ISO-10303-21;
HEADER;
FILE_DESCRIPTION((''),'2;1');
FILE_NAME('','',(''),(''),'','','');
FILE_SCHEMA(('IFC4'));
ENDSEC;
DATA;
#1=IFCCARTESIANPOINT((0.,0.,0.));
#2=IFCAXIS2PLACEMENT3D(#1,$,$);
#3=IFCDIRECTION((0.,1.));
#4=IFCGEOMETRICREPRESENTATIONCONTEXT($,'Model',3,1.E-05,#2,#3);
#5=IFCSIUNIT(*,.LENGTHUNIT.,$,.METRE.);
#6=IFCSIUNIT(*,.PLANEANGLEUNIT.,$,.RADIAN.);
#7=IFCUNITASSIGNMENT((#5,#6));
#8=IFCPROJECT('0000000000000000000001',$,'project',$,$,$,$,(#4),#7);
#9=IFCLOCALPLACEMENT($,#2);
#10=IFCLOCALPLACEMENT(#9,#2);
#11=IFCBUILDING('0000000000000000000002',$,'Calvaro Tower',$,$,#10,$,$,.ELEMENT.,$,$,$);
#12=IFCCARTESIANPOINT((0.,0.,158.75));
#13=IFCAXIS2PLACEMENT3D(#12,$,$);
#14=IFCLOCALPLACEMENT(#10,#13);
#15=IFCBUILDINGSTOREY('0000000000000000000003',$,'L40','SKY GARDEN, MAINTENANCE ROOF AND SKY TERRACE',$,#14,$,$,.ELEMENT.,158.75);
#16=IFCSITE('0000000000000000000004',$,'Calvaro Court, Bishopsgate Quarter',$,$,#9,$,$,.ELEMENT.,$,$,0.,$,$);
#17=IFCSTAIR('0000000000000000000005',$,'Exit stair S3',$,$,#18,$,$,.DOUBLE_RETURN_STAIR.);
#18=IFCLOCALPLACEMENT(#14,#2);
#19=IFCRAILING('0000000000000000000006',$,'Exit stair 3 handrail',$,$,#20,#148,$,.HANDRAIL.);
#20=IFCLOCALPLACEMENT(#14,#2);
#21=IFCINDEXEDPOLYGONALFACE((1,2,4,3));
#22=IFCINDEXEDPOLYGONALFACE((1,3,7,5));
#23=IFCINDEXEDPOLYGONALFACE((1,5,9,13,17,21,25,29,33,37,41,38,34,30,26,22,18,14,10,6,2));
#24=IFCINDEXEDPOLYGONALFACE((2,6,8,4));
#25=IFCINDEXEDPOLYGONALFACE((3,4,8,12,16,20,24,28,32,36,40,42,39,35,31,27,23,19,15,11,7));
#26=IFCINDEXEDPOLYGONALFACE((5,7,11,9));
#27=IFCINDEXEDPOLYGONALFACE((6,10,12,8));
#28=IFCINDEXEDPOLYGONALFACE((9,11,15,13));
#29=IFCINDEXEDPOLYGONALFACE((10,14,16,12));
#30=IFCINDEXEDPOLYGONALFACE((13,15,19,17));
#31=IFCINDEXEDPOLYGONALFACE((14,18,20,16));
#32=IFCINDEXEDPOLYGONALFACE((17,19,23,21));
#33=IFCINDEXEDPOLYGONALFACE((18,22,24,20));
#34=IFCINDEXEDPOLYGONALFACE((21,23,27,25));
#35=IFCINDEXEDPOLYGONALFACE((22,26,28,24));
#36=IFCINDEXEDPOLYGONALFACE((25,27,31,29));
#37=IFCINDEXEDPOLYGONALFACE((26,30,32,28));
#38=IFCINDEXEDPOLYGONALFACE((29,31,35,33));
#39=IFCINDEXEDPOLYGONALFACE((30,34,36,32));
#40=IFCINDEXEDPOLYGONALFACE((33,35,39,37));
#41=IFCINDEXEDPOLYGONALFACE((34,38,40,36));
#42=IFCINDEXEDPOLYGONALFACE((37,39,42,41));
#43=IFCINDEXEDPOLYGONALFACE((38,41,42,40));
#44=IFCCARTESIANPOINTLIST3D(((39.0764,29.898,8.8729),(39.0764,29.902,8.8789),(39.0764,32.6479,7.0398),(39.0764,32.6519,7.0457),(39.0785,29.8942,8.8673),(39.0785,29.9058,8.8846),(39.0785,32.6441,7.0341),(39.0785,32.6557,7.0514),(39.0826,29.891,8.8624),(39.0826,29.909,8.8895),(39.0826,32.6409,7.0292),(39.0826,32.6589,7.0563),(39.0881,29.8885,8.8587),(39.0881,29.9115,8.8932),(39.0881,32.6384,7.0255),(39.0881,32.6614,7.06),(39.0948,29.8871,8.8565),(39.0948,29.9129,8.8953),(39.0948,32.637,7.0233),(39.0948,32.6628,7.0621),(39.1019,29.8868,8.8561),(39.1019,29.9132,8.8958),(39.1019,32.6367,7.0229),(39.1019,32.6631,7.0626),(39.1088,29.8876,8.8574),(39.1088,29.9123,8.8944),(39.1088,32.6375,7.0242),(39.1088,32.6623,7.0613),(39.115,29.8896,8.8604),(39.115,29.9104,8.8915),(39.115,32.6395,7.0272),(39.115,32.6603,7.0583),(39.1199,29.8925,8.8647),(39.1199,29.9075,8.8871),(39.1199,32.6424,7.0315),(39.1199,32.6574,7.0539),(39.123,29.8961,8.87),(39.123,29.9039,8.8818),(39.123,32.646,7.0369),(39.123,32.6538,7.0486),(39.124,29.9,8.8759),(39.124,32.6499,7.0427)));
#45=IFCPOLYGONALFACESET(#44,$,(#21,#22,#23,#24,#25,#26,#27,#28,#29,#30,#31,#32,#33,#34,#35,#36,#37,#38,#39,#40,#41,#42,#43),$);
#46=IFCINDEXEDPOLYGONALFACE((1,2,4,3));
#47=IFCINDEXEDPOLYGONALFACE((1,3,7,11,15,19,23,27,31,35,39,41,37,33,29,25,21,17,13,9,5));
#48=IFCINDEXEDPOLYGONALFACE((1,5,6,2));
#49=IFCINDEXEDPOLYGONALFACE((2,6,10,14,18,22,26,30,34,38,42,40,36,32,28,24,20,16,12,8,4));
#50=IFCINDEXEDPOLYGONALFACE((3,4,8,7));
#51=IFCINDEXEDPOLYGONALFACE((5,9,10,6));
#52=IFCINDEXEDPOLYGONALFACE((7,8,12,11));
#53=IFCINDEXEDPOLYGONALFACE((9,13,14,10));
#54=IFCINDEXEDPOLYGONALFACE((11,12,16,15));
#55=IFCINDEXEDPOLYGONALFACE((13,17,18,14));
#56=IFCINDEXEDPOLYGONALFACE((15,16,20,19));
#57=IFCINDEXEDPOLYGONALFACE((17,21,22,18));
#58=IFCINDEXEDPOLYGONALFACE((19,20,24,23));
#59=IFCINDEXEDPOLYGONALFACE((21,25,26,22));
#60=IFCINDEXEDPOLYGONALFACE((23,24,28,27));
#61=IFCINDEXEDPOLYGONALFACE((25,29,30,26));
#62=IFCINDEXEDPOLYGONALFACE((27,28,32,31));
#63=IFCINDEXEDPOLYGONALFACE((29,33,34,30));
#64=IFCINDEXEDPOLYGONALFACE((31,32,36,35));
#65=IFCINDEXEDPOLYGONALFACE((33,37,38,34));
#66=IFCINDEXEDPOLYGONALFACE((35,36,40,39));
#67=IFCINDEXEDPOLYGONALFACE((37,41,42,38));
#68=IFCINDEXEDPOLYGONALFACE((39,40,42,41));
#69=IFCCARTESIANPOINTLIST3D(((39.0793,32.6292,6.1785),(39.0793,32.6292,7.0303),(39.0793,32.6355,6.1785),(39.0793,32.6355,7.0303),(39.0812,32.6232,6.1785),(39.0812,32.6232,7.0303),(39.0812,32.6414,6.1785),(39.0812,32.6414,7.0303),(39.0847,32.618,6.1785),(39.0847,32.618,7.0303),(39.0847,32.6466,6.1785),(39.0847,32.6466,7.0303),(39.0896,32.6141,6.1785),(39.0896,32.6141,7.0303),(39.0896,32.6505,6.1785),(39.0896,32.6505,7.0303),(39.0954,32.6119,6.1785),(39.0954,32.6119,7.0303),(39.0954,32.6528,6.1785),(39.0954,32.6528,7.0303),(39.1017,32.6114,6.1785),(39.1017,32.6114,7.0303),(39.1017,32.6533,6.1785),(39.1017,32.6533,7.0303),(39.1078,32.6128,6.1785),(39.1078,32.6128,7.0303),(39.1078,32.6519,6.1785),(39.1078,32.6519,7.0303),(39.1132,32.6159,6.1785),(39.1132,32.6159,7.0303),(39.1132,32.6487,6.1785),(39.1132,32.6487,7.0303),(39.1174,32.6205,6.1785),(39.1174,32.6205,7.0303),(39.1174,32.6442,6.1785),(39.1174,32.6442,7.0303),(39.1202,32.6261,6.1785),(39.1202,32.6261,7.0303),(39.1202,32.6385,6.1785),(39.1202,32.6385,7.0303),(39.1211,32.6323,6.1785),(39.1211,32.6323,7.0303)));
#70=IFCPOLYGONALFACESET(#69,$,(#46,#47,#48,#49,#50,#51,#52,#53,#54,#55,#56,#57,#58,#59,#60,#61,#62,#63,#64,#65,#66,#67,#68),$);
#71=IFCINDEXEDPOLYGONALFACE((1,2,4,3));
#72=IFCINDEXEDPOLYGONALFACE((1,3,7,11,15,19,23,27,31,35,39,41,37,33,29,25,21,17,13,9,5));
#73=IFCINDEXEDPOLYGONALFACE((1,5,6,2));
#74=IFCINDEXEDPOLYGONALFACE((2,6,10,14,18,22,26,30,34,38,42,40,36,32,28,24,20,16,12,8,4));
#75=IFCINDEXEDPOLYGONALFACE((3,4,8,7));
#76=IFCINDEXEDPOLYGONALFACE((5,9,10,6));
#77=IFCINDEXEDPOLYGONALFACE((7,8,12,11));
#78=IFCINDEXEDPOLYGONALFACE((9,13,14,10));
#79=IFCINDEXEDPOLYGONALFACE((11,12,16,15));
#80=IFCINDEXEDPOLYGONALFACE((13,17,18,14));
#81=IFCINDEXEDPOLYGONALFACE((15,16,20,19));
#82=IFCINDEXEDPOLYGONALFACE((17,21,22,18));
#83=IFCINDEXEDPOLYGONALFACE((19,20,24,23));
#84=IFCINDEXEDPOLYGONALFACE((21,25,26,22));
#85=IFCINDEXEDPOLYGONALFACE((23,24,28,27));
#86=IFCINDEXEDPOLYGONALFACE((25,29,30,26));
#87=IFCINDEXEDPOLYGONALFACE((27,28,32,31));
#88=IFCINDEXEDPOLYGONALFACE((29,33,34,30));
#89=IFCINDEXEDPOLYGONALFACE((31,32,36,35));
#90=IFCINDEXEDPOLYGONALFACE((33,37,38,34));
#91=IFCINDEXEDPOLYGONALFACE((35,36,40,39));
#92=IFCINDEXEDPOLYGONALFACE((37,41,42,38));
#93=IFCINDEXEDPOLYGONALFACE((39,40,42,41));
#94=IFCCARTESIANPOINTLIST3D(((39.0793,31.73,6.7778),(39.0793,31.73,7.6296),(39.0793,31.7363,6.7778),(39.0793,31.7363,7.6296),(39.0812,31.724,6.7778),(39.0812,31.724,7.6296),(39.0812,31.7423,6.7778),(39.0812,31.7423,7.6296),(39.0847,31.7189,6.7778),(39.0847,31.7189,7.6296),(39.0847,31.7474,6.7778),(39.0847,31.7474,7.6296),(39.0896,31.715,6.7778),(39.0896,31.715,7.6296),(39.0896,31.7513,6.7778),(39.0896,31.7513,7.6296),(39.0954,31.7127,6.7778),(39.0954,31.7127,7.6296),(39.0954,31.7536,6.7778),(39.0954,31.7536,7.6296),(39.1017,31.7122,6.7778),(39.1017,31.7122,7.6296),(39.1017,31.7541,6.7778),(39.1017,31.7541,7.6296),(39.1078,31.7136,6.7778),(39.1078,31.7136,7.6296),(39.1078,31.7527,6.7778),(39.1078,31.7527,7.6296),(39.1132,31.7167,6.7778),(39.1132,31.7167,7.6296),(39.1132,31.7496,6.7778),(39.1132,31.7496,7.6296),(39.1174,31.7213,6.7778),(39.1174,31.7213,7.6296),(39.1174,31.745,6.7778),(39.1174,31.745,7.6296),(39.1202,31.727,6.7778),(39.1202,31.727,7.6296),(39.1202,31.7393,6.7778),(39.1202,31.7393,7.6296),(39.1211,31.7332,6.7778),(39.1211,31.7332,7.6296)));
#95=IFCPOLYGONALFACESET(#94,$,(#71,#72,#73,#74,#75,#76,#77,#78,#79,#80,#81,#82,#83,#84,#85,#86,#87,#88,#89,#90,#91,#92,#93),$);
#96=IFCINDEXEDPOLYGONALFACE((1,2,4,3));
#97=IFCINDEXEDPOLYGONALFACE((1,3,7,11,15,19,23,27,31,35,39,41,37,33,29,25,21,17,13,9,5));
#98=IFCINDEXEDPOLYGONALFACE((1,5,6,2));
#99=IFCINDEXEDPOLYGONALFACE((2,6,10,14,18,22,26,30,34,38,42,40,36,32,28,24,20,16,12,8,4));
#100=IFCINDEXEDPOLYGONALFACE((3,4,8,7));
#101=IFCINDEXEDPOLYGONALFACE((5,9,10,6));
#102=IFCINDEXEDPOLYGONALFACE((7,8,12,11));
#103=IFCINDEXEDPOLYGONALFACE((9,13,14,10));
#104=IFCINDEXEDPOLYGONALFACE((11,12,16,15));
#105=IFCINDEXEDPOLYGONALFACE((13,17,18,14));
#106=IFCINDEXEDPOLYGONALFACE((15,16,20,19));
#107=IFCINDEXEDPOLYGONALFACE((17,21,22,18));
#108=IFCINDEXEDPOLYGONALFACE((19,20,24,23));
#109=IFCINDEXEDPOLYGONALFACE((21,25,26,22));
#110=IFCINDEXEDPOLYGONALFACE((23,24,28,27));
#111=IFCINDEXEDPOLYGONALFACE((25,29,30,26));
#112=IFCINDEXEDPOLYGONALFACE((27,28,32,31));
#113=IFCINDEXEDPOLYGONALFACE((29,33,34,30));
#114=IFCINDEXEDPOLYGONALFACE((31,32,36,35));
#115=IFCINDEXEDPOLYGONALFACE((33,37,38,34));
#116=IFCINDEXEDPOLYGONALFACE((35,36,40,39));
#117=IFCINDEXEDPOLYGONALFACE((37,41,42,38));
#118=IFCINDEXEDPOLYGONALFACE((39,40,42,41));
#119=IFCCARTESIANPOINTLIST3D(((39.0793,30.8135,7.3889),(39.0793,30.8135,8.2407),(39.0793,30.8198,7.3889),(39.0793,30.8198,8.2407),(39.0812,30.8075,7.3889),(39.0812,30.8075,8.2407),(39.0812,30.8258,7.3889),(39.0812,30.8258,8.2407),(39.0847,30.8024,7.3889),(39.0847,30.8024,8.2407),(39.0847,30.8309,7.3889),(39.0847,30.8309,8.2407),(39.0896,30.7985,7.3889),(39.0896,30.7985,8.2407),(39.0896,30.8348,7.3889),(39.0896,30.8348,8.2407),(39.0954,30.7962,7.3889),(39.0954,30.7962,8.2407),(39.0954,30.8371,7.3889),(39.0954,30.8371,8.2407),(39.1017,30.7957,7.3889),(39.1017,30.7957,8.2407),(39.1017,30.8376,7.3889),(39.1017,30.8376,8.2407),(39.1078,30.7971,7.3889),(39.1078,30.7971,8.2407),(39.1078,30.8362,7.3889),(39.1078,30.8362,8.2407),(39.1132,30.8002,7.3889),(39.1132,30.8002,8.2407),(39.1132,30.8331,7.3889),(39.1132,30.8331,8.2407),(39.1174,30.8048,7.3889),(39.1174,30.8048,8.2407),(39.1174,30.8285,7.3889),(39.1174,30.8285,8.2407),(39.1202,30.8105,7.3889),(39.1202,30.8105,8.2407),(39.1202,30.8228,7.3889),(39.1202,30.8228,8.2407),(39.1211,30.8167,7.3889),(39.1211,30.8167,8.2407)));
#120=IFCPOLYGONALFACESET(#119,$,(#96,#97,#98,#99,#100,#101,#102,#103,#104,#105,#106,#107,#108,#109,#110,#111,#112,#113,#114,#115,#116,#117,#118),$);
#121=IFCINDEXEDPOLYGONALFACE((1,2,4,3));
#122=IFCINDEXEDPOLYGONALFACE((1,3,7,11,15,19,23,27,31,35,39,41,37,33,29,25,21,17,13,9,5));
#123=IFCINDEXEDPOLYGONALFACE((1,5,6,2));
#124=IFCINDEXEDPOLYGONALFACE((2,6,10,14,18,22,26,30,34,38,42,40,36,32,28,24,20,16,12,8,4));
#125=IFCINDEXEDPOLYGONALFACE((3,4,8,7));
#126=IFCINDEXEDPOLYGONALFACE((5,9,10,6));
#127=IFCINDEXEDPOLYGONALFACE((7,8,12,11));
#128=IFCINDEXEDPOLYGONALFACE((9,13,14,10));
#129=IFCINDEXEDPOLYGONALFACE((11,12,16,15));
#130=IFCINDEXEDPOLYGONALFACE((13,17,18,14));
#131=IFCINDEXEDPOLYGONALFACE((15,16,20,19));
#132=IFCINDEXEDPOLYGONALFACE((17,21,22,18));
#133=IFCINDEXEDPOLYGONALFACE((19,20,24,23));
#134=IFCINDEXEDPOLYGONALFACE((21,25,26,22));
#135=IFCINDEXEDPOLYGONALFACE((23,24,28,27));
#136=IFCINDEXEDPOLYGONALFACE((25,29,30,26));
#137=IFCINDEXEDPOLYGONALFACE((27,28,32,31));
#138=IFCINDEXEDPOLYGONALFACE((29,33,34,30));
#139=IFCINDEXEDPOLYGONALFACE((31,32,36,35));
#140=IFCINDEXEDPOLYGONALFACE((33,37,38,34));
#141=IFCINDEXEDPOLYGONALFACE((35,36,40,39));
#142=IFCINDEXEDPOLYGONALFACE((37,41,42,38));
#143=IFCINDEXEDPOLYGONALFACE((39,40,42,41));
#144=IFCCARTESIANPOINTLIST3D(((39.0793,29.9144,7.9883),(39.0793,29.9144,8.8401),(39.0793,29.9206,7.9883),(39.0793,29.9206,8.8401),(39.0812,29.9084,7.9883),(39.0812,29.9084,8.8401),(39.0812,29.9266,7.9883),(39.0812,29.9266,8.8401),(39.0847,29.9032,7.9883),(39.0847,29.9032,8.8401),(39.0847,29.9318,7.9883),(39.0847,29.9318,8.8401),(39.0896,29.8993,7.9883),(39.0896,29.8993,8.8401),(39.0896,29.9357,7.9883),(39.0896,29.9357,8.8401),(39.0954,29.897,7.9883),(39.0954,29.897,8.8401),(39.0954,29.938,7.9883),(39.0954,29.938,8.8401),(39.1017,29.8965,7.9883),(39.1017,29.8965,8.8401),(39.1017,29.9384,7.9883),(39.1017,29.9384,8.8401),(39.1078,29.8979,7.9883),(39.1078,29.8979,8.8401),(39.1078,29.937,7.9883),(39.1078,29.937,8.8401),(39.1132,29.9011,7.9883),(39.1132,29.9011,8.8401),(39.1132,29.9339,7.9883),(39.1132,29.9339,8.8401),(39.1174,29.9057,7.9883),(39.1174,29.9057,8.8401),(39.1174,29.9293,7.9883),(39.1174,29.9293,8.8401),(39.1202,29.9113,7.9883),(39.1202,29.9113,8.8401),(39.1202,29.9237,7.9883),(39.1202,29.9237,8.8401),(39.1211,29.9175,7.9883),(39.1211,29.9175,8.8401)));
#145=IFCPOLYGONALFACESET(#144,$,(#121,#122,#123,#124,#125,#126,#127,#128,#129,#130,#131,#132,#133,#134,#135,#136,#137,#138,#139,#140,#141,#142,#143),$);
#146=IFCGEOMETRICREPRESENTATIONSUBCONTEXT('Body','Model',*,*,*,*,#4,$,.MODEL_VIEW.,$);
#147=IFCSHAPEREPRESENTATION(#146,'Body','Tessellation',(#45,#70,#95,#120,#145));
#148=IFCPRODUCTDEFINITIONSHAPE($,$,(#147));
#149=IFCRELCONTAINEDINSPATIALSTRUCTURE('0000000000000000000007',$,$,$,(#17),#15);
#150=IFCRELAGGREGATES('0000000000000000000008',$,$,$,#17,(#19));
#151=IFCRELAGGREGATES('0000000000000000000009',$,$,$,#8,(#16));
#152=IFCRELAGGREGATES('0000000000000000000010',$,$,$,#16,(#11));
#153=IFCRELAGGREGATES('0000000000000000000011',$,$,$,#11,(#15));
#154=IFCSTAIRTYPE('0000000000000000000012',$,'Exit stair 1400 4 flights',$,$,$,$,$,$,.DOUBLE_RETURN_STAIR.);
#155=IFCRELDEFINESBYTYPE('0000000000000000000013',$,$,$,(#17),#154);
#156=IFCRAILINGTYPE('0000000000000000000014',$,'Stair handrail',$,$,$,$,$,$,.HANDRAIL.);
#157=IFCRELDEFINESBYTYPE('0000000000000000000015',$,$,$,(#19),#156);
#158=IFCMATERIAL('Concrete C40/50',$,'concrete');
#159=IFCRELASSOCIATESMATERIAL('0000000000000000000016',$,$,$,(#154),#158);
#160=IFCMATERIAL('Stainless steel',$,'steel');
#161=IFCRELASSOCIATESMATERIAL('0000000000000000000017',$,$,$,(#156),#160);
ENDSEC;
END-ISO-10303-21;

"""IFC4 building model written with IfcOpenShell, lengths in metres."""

from ifc_helpers import new_model, si_unit, direction, frame, origin, origin_2d, place, context, subcontext, project, spatial, circle, extrude, material, type_object, element, aggregate, save


model = new_model("IFC4")

# Units and contexts
model_context = context("Model", 3, precision=1e-05, world=origin(), true_north=direction((0.0, 1.0)))
body_context = subcontext(model_context, "Body", "Model", "MODEL_VIEW")
ifc_project = project(units=[si_unit("LENGTHUNIT", "METRE"), si_unit("PLANEANGLEUNIT", "RADIAN")], contexts=[model_context])

# Site, building, storey
site_placement = place(None, origin())
site = spatial("IfcSite", under=ifc_project, at=site_placement, Name="Calvaro Court, Bishopsgate Quarter", CompositionType="ELEMENT", RefElevation=0.0)
building_placement = place(site_placement, origin())
building = spatial("IfcBuilding", under=site, at=building_placement, Name="Calvaro Tower", CompositionType="ELEMENT")
storey_placement = place(building_placement, frame((0.0, 0.0, 158.75)))
storey = spatial("IfcBuildingStorey", under=building, at=storey_placement, Name="L40", Description="SKY GARDEN, MAINTENANCE ROOF AND SKY TERRACE", CompositionType="ELEMENT", Elevation=158.75)

# Stair, railing
ifc_material_1 = material(Name="Concrete C40/50", Category="concrete")
stair_type = type_object("IfcStairType", Name="Exit stair 1400 4 flights", PredefinedType="DOUBLE_RETURN_STAIR", material=ifc_material_1)
stair_placement = place(storey_placement, origin())
stair = element("IfcStair", 1, at=stair_placement, inside=storey, type_object=stair_type, Name="Exit stair S3", PredefinedType="DOUBLE_RETURN_STAIR")
ifc_material_2 = material(Name="Stainless steel", Category="steel")
railing_type = type_object("IfcRailingType", Name="Stair handrail", PredefinedType="HANDRAIL", material=ifc_material_2)
railing_1_placement = place(storey_placement, frame((39.1001, 32.6499, 6.1667)))
railing_1 = element("IfcRailing", 2, at=railing_1_placement, type_object=railing_type, Name="Exit stair 3 handrail", PredefinedType="HANDRAIL", context=body_context, shape_type="SweptSolid", body=[
    extrude(circle(Radius=0.0239, at=origin_2d()), frame((0.0, 0.0, 0.876), z_axis=(0.0, -0.832062, 0.554683), x_axis=(1.0, 0.0, 0.0)), (0.0, 0.0, 1.0), 3.3049),
    extrude(circle(Radius=0.021, at=origin_2d()), frame((0.0, -0.0176, 0.0117)), (0.0, 0.0, 1.0), 0.8518),
    extrude(circle(Radius=0.021, at=origin_2d()), frame((0.0, -0.9167, 0.6111)), (0.0, 0.0, 1.0), 0.8518),
    extrude(circle(Radius=0.021, at=origin_2d()), frame((0.0, -1.8333, 1.2222)), (0.0, 0.0, 1.0), 0.8518),
    extrude(circle(Radius=0.021, at=origin_2d()), frame((0.0, -2.7324, 1.8215)), (0.0, 0.0, 1.0), 0.8518),
])
aggregate(stair, [railing_1])

save(model, "model.ifc")
